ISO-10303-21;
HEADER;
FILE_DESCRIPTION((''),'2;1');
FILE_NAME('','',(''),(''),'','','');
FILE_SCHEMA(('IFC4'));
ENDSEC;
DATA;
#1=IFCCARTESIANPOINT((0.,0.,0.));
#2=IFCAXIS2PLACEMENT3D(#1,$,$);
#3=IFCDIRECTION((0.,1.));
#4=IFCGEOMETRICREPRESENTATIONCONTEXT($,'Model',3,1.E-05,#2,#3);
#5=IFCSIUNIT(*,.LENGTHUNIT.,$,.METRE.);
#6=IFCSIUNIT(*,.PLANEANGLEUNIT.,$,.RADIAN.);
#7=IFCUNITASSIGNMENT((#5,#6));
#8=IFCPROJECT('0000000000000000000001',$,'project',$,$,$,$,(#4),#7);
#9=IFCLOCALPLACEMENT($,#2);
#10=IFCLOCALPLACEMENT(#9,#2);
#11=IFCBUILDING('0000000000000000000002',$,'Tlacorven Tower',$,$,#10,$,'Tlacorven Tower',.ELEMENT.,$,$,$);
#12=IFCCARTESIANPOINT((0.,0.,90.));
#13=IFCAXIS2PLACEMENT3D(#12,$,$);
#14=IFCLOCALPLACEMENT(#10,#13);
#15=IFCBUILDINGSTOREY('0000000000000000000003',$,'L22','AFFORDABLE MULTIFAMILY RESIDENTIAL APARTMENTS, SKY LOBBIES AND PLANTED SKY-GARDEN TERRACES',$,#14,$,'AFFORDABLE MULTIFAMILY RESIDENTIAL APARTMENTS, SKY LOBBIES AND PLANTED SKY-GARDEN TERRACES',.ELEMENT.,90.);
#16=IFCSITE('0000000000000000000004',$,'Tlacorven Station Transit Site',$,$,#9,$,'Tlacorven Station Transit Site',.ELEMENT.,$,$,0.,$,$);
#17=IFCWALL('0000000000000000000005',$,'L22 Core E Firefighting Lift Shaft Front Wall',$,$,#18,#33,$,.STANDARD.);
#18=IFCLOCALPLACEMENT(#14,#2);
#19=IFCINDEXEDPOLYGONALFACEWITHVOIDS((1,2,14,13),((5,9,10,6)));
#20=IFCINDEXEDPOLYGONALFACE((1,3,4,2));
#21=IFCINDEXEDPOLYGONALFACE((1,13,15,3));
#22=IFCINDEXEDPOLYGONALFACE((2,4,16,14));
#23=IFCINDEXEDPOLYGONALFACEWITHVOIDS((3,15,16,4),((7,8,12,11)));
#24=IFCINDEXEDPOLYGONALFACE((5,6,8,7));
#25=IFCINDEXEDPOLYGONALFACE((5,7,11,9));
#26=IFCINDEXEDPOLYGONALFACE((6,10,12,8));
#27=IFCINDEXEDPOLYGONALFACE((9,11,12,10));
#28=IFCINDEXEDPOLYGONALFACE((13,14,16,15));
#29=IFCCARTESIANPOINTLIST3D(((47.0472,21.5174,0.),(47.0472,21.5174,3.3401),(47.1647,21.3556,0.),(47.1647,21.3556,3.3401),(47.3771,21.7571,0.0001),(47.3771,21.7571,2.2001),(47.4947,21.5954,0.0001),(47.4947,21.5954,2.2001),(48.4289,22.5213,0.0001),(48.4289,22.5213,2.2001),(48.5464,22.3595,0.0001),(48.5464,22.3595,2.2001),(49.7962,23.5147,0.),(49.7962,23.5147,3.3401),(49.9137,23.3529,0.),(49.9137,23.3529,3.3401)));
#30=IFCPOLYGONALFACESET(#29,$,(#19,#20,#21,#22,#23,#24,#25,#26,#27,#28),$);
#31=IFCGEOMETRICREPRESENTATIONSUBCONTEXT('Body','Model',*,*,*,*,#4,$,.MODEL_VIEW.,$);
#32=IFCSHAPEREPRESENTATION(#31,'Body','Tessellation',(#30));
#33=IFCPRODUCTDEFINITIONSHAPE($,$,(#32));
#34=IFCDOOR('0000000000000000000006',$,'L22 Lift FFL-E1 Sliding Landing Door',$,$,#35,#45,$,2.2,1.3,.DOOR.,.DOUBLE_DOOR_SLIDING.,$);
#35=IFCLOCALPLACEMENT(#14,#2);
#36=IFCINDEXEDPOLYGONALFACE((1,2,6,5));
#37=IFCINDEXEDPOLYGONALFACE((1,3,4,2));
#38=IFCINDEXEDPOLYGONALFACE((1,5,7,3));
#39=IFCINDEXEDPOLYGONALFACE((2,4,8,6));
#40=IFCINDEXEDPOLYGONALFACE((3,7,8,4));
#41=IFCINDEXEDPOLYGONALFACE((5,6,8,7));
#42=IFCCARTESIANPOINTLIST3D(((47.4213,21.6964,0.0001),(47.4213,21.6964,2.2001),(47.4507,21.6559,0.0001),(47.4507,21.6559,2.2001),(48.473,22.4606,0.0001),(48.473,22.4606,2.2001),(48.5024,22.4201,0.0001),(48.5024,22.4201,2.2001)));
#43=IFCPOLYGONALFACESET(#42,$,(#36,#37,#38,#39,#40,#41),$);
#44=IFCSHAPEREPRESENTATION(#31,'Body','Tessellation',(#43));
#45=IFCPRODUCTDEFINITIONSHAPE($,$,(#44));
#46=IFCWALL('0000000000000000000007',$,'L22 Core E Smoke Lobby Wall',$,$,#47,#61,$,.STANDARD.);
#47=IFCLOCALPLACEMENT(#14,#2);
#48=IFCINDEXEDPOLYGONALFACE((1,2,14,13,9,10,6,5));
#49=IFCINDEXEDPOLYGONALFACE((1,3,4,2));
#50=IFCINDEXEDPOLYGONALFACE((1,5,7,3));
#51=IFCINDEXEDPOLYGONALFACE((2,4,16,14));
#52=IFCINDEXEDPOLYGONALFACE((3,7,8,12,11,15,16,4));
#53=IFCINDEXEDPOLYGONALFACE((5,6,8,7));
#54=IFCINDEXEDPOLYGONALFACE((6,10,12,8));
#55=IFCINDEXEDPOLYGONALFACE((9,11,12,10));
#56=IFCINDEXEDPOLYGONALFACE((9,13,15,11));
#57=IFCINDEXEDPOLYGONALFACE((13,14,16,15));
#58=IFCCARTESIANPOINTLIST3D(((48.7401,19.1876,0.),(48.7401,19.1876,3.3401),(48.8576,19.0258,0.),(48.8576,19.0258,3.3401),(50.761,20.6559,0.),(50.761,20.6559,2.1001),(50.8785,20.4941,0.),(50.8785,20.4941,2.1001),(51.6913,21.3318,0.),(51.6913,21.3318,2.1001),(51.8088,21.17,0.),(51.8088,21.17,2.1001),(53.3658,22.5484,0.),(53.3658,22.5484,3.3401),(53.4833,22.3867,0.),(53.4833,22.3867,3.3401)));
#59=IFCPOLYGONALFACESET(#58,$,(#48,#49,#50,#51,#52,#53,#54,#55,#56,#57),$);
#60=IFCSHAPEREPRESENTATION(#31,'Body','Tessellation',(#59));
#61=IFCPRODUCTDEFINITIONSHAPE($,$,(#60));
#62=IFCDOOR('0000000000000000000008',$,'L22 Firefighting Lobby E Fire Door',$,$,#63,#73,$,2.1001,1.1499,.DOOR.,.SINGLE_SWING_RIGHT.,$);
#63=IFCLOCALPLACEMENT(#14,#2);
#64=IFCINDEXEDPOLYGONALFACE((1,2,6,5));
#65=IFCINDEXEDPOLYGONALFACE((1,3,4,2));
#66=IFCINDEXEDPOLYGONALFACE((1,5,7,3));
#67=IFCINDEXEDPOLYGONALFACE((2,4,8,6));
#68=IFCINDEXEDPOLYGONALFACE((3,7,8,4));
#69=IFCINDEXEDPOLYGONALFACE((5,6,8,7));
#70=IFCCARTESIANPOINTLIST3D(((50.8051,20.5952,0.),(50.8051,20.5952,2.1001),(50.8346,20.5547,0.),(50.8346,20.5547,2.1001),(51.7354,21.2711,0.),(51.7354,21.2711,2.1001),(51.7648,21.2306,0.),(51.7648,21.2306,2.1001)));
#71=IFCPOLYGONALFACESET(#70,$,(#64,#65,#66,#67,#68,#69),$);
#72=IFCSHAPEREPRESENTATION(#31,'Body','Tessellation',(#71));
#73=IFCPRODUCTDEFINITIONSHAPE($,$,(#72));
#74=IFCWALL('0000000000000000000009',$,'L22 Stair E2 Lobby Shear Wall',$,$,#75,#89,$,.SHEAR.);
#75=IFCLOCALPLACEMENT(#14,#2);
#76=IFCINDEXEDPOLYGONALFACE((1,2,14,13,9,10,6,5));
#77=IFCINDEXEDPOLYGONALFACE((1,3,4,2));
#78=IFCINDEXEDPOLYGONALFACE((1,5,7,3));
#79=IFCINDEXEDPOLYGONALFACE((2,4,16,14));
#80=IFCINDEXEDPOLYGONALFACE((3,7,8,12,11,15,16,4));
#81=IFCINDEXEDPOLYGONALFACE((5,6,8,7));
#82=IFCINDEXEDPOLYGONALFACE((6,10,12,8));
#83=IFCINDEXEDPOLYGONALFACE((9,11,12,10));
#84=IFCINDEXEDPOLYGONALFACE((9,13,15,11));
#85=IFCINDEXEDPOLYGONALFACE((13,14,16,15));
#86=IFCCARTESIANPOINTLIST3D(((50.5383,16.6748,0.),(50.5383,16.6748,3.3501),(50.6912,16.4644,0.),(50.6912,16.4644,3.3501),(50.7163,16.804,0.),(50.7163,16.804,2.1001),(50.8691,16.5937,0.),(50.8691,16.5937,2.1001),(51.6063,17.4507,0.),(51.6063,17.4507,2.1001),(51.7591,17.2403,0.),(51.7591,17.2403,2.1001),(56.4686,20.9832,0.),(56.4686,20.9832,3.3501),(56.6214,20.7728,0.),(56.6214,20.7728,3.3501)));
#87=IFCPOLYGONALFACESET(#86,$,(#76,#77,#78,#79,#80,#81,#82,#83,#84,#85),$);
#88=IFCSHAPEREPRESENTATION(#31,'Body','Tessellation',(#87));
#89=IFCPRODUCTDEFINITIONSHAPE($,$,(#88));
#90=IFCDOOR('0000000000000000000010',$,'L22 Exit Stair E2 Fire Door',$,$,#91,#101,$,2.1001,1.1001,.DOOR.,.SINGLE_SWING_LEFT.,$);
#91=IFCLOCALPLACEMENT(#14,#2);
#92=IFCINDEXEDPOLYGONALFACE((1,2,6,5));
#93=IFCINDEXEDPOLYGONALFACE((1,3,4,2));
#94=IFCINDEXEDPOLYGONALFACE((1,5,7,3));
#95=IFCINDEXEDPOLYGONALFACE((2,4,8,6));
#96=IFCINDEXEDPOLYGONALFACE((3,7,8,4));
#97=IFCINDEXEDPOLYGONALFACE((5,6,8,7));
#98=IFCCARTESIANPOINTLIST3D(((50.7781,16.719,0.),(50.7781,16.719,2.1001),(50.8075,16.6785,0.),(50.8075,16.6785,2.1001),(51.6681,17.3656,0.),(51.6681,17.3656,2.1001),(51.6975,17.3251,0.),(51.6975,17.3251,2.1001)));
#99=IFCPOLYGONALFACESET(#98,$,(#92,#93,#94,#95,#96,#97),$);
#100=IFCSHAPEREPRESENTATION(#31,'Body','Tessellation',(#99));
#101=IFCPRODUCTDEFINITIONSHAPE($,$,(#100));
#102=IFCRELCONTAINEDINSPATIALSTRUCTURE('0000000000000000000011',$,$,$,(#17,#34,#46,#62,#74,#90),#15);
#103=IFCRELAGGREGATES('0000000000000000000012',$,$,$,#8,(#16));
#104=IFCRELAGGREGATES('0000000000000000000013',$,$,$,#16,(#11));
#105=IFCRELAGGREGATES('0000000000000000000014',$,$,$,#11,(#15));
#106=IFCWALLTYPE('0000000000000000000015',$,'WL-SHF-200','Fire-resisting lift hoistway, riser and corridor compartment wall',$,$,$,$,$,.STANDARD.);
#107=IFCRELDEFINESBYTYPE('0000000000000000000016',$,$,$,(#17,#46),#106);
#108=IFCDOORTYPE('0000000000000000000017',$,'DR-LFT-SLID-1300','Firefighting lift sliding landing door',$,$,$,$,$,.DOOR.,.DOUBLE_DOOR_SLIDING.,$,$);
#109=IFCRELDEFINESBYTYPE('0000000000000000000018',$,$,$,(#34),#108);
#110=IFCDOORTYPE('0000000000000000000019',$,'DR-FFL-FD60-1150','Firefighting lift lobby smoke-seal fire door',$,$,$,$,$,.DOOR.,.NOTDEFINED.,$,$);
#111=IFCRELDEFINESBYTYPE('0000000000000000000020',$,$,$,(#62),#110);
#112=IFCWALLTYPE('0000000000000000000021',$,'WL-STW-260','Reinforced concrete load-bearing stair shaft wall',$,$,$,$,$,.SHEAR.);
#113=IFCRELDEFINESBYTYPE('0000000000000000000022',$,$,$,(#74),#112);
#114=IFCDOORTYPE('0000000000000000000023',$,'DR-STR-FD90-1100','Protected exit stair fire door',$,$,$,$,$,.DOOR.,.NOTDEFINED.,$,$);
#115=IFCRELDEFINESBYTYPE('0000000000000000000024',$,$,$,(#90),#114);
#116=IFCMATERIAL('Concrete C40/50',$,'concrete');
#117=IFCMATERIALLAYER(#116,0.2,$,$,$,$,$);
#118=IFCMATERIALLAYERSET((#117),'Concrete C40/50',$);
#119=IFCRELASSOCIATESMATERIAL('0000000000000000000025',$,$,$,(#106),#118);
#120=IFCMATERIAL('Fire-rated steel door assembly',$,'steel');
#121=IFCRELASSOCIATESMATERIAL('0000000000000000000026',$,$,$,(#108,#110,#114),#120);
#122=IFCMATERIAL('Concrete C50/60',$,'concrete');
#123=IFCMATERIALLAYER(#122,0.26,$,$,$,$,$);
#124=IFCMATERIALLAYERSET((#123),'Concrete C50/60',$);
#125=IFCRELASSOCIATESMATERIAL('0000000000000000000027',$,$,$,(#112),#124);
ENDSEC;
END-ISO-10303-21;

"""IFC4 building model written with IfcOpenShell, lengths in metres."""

from ifc_helpers import new_model, si_unit, direction, frame, frame_2d, origin, place, context, subcontext, project, spatial, rectangle, extrude, source, transform, mapped, material, layer, layer_set, type_object, element, fill, save


model = new_model("IFC4")

# Units and contexts
model_context = context("Model", 3, precision=1e-05, world=origin(), true_north=direction((0.0, 1.0)))
body_context = subcontext(model_context, "Body", "Model", "MODEL_VIEW")
ifc_project = project(units=[si_unit("LENGTHUNIT", "METRE"), si_unit("PLANEANGLEUNIT", "RADIAN")], contexts=[model_context])

# Site, building, storey
site_placement = place(None, origin())
site = spatial("IfcSite", under=ifc_project, at=site_placement, Name="Tlacorven Station Transit Site", LongName="Tlacorven Station Transit Site", CompositionType="ELEMENT", RefElevation=0.0)
building_placement = place(site_placement, origin())
building = spatial("IfcBuilding", under=site, at=building_placement, Name="Tlacorven Tower", LongName="Tlacorven Tower", CompositionType="ELEMENT")
storey_placement = place(building_placement, frame((0.0, 0.0, 90.0)))
storey = spatial("IfcBuildingStorey", under=building, at=storey_placement, Name="L22", Description="AFFORDABLE MULTIFAMILY RESIDENTIAL APARTMENTS, SKY LOBBIES AND PLANTED SKY-GARDEN TERRACES", LongName="AFFORDABLE MULTIFAMILY RESIDENTIAL APARTMENTS, SKY LOBBIES AND PLANTED SKY-GARDEN TERRACES", CompositionType="ELEMENT", Elevation=90.0)

# Walls, openings, doors
ifc_material_1 = material(Name="Concrete C40/50", Category="concrete")
ifc_layer_1 = layer(ifc_material_1, 0.2)
ifc_layer_set_1 = layer_set([ifc_layer_1], Name="Concrete C40/50")
wall_type_1 = type_object("IfcWallType", Name="WL-SHF-200", Description="Fire-resisting lift hoistway, riser and corridor compartment wall", PredefinedType="STANDARD", material=ifc_layer_set_1)
wall_1_placement = place(storey_placement, frame((47.106, 21.4365, 0.0), z_axis=(0.0, 0.0, 1.0), x_axis=(0.809013, 0.587791, 0.0)))
wall_1 = element("IfcWall", 1, at=wall_1_placement, inside=storey, type_object=wall_type_1, Name="L22 Core E Firefighting Lift Shaft Front Wall", PredefinedType="STANDARD", context=body_context, shape_type="SweptSolid", body=[
    extrude(rectangle(XDim=3.3979, YDim=0.2, at=frame_2d((1.699, 0.0))), origin(), (0.0, 0.0, 1.0), 3.3401),
])
opening_1_placement = place(wall_1_placement, frame((0.408, 0.0, 0.0)))
opening_1 = element("IfcOpeningElement", 2, at=opening_1_placement, cuts=wall_1, PredefinedType="OPENING", context=body_context, shape_type="SweptSolid", body=[
    extrude(rectangle(XDim=1.3, YDim=2.2, at=frame_2d((0.6499, 1.1001))), frame((0.0, 0.1099, 0.0), z_axis=(0.0, -1.0, 0.0), x_axis=(1.0, 0.0, 0.0)), (0.0, 0.0, 1.0), 0.22),
])
ifc_material_2 = material(Name="Fire-rated steel door assembly", Category="steel")
door_type_1 = type_object("IfcDoorType", Name="DR-LFT-SLID-1300", Description="Firefighting lift sliding landing door", OperationType="DOUBLE_DOOR_SLIDING", PredefinedType="DOOR", material=ifc_material_2)
shared_shape_1 = source(origin(), body_context, "Body", "SweptSolid", [
    extrude(rectangle(XDim=1.3, YDim=2.2, at=frame_2d((0.6499, 1.1001))), frame((0.0, 0.0249, 0.0), z_axis=(0.0, -1.0, 0.0), x_axis=(1.0, 0.0, 0.0)), (0.0, 0.0, 1.0), 0.05),
])
door_1_placement = place(opening_1_placement, origin())
door_1 = element("IfcDoor", 3, at=door_1_placement, inside=storey, type_object=door_type_1, Name="L22 Lift FFL-E1 Sliding Landing Door", OperationType="DOUBLE_DOOR_SLIDING", OverallHeight=2.2, OverallWidth=1.3, PredefinedType="DOOR", context=body_context, shape_type="MappedRepresentation", body=[
    mapped(shared_shape_1, transform((0.0, 0.0, 0.0), scale=1.0)),
])
fill(opening_1, door_1)
wall_2_placement = place(storey_placement, frame((48.7988, 19.1067, 0.0), z_axis=(0.0, 0.0, 1.0), x_axis=(0.809013, 0.587791, 0.0)))
wall_2 = element("IfcWall", 4, at=wall_2_placement, inside=storey, type_object=wall_type_1, Name="L22 Core E Smoke Lobby Wall", PredefinedType="STANDARD", context=body_context, shape_type="SweptSolid", body=[
    extrude(rectangle(XDim=5.7178, YDim=0.2, at=frame_2d((2.8589, 0.0))), origin(), (0.0, 0.0, 1.0), 3.3401),
])
opening_2_placement = place(wall_2_placement, frame((2.498, 0.0, 0.0)))
opening_2 = element("IfcOpeningElement", 5, at=opening_2_placement, cuts=wall_2, PredefinedType="OPENING", context=body_context, shape_type="SweptSolid", body=[
    extrude(rectangle(XDim=1.1499, YDim=2.1001, at=frame_2d((0.575, 1.05))), frame((0.0, 0.1099, 0.0), z_axis=(0.0, -1.0, 0.0), x_axis=(1.0, 0.0, 0.0)), (0.0, 0.0, 1.0), 0.22),
])
door_type_2 = type_object("IfcDoorType", Name="DR-FFL-FD60-1150", Description="Firefighting lift lobby smoke-seal fire door", OperationType="NOTDEFINED", PredefinedType="DOOR", material=ifc_material_2)
shared_shape_2 = source(origin(), body_context, "Body", "SweptSolid", [
    extrude(rectangle(XDim=1.1499, YDim=2.1001, at=frame_2d((0.575, 1.05))), frame((0.0, 0.0249, 0.0), z_axis=(0.0, -1.0, 0.0), x_axis=(1.0, 0.0, 0.0)), (0.0, 0.0, 1.0), 0.05),
])
door_2_placement = place(opening_2_placement, origin())
door_2 = element("IfcDoor", 6, at=door_2_placement, inside=storey, type_object=door_type_2, Name="L22 Firefighting Lobby E Fire Door", OperationType="SINGLE_SWING_RIGHT", OverallHeight=2.1001, OverallWidth=1.1499, PredefinedType="DOOR", context=body_context, shape_type="MappedRepresentation", body=[
    mapped(shared_shape_2, transform((0.0, 0.0, 0.0), scale=1.0)),
])
fill(opening_2, door_2)
ifc_material_3 = material(Name="Concrete C50/60", Category="concrete")
ifc_layer_2 = layer(ifc_material_3, 0.26)
ifc_layer_set_2 = layer_set([ifc_layer_2], Name="Concrete C50/60")
wall_type_2 = type_object("IfcWallType", Name="WL-STW-260", Description="Reinforced concrete load-bearing stair shaft wall", PredefinedType="SHEAR", material=ifc_layer_set_2)
wall_3_placement = place(storey_placement, frame((50.6147, 16.5696, 0.0), z_axis=(0.0, 0.0, 1.0), x_axis=(0.809028, 0.58777, 0.0)))
wall_3 = element("IfcWall", 7, at=wall_3_placement, inside=storey, type_object=wall_type_2, Name="L22 Stair E2 Lobby Shear Wall", PredefinedType="SHEAR", context=body_context, shape_type="SweptSolid", body=[
    extrude(rectangle(XDim=7.3301, YDim=0.26, at=frame_2d((3.665, 0.0))), origin(), (0.0, 0.0, 1.0), 3.3501),
])
opening_3_placement = place(wall_3_placement, frame((0.22, 0.0, 0.0)))
opening_3 = element("IfcOpeningElement", 8, at=opening_3_placement, cuts=wall_3, PredefinedType="OPENING", context=body_context, shape_type="SweptSolid", body=[
    extrude(rectangle(XDim=1.1001, YDim=2.1001, at=frame_2d((0.55, 1.05))), frame((0.0, 0.1401, 0.0), z_axis=(0.0, -1.0, 0.0), x_axis=(1.0, 0.0, 0.0)), (0.0, 0.0, 1.0), 0.28),
])
door_type_3 = type_object("IfcDoorType", Name="DR-STR-FD90-1100", Description="Protected exit stair fire door", OperationType="NOTDEFINED", PredefinedType="DOOR", material=ifc_material_2)
shared_shape_3 = source(origin(), body_context, "Body", "SweptSolid", [
    extrude(rectangle(XDim=1.1001, YDim=2.1001, at=frame_2d((0.55, 1.05))), frame((0.0, 0.0249, 0.0), z_axis=(0.0, -1.0, 0.0), x_axis=(1.0, 0.0, 0.0)), (0.0, 0.0, 1.0), 0.05),
])
door_3_placement = place(opening_3_placement, origin())
door_3 = element("IfcDoor", 9, at=door_3_placement, inside=storey, type_object=door_type_3, Name="L22 Exit Stair E2 Fire Door", OperationType="SINGLE_SWING_LEFT", OverallHeight=2.1001, OverallWidth=1.1001, PredefinedType="DOOR", context=body_context, shape_type="MappedRepresentation", body=[
    mapped(shared_shape_3, transform((0.0, 0.0, 0.0), scale=1.0)),
])
fill(opening_3, door_3)

save(model, "model.ifc")
